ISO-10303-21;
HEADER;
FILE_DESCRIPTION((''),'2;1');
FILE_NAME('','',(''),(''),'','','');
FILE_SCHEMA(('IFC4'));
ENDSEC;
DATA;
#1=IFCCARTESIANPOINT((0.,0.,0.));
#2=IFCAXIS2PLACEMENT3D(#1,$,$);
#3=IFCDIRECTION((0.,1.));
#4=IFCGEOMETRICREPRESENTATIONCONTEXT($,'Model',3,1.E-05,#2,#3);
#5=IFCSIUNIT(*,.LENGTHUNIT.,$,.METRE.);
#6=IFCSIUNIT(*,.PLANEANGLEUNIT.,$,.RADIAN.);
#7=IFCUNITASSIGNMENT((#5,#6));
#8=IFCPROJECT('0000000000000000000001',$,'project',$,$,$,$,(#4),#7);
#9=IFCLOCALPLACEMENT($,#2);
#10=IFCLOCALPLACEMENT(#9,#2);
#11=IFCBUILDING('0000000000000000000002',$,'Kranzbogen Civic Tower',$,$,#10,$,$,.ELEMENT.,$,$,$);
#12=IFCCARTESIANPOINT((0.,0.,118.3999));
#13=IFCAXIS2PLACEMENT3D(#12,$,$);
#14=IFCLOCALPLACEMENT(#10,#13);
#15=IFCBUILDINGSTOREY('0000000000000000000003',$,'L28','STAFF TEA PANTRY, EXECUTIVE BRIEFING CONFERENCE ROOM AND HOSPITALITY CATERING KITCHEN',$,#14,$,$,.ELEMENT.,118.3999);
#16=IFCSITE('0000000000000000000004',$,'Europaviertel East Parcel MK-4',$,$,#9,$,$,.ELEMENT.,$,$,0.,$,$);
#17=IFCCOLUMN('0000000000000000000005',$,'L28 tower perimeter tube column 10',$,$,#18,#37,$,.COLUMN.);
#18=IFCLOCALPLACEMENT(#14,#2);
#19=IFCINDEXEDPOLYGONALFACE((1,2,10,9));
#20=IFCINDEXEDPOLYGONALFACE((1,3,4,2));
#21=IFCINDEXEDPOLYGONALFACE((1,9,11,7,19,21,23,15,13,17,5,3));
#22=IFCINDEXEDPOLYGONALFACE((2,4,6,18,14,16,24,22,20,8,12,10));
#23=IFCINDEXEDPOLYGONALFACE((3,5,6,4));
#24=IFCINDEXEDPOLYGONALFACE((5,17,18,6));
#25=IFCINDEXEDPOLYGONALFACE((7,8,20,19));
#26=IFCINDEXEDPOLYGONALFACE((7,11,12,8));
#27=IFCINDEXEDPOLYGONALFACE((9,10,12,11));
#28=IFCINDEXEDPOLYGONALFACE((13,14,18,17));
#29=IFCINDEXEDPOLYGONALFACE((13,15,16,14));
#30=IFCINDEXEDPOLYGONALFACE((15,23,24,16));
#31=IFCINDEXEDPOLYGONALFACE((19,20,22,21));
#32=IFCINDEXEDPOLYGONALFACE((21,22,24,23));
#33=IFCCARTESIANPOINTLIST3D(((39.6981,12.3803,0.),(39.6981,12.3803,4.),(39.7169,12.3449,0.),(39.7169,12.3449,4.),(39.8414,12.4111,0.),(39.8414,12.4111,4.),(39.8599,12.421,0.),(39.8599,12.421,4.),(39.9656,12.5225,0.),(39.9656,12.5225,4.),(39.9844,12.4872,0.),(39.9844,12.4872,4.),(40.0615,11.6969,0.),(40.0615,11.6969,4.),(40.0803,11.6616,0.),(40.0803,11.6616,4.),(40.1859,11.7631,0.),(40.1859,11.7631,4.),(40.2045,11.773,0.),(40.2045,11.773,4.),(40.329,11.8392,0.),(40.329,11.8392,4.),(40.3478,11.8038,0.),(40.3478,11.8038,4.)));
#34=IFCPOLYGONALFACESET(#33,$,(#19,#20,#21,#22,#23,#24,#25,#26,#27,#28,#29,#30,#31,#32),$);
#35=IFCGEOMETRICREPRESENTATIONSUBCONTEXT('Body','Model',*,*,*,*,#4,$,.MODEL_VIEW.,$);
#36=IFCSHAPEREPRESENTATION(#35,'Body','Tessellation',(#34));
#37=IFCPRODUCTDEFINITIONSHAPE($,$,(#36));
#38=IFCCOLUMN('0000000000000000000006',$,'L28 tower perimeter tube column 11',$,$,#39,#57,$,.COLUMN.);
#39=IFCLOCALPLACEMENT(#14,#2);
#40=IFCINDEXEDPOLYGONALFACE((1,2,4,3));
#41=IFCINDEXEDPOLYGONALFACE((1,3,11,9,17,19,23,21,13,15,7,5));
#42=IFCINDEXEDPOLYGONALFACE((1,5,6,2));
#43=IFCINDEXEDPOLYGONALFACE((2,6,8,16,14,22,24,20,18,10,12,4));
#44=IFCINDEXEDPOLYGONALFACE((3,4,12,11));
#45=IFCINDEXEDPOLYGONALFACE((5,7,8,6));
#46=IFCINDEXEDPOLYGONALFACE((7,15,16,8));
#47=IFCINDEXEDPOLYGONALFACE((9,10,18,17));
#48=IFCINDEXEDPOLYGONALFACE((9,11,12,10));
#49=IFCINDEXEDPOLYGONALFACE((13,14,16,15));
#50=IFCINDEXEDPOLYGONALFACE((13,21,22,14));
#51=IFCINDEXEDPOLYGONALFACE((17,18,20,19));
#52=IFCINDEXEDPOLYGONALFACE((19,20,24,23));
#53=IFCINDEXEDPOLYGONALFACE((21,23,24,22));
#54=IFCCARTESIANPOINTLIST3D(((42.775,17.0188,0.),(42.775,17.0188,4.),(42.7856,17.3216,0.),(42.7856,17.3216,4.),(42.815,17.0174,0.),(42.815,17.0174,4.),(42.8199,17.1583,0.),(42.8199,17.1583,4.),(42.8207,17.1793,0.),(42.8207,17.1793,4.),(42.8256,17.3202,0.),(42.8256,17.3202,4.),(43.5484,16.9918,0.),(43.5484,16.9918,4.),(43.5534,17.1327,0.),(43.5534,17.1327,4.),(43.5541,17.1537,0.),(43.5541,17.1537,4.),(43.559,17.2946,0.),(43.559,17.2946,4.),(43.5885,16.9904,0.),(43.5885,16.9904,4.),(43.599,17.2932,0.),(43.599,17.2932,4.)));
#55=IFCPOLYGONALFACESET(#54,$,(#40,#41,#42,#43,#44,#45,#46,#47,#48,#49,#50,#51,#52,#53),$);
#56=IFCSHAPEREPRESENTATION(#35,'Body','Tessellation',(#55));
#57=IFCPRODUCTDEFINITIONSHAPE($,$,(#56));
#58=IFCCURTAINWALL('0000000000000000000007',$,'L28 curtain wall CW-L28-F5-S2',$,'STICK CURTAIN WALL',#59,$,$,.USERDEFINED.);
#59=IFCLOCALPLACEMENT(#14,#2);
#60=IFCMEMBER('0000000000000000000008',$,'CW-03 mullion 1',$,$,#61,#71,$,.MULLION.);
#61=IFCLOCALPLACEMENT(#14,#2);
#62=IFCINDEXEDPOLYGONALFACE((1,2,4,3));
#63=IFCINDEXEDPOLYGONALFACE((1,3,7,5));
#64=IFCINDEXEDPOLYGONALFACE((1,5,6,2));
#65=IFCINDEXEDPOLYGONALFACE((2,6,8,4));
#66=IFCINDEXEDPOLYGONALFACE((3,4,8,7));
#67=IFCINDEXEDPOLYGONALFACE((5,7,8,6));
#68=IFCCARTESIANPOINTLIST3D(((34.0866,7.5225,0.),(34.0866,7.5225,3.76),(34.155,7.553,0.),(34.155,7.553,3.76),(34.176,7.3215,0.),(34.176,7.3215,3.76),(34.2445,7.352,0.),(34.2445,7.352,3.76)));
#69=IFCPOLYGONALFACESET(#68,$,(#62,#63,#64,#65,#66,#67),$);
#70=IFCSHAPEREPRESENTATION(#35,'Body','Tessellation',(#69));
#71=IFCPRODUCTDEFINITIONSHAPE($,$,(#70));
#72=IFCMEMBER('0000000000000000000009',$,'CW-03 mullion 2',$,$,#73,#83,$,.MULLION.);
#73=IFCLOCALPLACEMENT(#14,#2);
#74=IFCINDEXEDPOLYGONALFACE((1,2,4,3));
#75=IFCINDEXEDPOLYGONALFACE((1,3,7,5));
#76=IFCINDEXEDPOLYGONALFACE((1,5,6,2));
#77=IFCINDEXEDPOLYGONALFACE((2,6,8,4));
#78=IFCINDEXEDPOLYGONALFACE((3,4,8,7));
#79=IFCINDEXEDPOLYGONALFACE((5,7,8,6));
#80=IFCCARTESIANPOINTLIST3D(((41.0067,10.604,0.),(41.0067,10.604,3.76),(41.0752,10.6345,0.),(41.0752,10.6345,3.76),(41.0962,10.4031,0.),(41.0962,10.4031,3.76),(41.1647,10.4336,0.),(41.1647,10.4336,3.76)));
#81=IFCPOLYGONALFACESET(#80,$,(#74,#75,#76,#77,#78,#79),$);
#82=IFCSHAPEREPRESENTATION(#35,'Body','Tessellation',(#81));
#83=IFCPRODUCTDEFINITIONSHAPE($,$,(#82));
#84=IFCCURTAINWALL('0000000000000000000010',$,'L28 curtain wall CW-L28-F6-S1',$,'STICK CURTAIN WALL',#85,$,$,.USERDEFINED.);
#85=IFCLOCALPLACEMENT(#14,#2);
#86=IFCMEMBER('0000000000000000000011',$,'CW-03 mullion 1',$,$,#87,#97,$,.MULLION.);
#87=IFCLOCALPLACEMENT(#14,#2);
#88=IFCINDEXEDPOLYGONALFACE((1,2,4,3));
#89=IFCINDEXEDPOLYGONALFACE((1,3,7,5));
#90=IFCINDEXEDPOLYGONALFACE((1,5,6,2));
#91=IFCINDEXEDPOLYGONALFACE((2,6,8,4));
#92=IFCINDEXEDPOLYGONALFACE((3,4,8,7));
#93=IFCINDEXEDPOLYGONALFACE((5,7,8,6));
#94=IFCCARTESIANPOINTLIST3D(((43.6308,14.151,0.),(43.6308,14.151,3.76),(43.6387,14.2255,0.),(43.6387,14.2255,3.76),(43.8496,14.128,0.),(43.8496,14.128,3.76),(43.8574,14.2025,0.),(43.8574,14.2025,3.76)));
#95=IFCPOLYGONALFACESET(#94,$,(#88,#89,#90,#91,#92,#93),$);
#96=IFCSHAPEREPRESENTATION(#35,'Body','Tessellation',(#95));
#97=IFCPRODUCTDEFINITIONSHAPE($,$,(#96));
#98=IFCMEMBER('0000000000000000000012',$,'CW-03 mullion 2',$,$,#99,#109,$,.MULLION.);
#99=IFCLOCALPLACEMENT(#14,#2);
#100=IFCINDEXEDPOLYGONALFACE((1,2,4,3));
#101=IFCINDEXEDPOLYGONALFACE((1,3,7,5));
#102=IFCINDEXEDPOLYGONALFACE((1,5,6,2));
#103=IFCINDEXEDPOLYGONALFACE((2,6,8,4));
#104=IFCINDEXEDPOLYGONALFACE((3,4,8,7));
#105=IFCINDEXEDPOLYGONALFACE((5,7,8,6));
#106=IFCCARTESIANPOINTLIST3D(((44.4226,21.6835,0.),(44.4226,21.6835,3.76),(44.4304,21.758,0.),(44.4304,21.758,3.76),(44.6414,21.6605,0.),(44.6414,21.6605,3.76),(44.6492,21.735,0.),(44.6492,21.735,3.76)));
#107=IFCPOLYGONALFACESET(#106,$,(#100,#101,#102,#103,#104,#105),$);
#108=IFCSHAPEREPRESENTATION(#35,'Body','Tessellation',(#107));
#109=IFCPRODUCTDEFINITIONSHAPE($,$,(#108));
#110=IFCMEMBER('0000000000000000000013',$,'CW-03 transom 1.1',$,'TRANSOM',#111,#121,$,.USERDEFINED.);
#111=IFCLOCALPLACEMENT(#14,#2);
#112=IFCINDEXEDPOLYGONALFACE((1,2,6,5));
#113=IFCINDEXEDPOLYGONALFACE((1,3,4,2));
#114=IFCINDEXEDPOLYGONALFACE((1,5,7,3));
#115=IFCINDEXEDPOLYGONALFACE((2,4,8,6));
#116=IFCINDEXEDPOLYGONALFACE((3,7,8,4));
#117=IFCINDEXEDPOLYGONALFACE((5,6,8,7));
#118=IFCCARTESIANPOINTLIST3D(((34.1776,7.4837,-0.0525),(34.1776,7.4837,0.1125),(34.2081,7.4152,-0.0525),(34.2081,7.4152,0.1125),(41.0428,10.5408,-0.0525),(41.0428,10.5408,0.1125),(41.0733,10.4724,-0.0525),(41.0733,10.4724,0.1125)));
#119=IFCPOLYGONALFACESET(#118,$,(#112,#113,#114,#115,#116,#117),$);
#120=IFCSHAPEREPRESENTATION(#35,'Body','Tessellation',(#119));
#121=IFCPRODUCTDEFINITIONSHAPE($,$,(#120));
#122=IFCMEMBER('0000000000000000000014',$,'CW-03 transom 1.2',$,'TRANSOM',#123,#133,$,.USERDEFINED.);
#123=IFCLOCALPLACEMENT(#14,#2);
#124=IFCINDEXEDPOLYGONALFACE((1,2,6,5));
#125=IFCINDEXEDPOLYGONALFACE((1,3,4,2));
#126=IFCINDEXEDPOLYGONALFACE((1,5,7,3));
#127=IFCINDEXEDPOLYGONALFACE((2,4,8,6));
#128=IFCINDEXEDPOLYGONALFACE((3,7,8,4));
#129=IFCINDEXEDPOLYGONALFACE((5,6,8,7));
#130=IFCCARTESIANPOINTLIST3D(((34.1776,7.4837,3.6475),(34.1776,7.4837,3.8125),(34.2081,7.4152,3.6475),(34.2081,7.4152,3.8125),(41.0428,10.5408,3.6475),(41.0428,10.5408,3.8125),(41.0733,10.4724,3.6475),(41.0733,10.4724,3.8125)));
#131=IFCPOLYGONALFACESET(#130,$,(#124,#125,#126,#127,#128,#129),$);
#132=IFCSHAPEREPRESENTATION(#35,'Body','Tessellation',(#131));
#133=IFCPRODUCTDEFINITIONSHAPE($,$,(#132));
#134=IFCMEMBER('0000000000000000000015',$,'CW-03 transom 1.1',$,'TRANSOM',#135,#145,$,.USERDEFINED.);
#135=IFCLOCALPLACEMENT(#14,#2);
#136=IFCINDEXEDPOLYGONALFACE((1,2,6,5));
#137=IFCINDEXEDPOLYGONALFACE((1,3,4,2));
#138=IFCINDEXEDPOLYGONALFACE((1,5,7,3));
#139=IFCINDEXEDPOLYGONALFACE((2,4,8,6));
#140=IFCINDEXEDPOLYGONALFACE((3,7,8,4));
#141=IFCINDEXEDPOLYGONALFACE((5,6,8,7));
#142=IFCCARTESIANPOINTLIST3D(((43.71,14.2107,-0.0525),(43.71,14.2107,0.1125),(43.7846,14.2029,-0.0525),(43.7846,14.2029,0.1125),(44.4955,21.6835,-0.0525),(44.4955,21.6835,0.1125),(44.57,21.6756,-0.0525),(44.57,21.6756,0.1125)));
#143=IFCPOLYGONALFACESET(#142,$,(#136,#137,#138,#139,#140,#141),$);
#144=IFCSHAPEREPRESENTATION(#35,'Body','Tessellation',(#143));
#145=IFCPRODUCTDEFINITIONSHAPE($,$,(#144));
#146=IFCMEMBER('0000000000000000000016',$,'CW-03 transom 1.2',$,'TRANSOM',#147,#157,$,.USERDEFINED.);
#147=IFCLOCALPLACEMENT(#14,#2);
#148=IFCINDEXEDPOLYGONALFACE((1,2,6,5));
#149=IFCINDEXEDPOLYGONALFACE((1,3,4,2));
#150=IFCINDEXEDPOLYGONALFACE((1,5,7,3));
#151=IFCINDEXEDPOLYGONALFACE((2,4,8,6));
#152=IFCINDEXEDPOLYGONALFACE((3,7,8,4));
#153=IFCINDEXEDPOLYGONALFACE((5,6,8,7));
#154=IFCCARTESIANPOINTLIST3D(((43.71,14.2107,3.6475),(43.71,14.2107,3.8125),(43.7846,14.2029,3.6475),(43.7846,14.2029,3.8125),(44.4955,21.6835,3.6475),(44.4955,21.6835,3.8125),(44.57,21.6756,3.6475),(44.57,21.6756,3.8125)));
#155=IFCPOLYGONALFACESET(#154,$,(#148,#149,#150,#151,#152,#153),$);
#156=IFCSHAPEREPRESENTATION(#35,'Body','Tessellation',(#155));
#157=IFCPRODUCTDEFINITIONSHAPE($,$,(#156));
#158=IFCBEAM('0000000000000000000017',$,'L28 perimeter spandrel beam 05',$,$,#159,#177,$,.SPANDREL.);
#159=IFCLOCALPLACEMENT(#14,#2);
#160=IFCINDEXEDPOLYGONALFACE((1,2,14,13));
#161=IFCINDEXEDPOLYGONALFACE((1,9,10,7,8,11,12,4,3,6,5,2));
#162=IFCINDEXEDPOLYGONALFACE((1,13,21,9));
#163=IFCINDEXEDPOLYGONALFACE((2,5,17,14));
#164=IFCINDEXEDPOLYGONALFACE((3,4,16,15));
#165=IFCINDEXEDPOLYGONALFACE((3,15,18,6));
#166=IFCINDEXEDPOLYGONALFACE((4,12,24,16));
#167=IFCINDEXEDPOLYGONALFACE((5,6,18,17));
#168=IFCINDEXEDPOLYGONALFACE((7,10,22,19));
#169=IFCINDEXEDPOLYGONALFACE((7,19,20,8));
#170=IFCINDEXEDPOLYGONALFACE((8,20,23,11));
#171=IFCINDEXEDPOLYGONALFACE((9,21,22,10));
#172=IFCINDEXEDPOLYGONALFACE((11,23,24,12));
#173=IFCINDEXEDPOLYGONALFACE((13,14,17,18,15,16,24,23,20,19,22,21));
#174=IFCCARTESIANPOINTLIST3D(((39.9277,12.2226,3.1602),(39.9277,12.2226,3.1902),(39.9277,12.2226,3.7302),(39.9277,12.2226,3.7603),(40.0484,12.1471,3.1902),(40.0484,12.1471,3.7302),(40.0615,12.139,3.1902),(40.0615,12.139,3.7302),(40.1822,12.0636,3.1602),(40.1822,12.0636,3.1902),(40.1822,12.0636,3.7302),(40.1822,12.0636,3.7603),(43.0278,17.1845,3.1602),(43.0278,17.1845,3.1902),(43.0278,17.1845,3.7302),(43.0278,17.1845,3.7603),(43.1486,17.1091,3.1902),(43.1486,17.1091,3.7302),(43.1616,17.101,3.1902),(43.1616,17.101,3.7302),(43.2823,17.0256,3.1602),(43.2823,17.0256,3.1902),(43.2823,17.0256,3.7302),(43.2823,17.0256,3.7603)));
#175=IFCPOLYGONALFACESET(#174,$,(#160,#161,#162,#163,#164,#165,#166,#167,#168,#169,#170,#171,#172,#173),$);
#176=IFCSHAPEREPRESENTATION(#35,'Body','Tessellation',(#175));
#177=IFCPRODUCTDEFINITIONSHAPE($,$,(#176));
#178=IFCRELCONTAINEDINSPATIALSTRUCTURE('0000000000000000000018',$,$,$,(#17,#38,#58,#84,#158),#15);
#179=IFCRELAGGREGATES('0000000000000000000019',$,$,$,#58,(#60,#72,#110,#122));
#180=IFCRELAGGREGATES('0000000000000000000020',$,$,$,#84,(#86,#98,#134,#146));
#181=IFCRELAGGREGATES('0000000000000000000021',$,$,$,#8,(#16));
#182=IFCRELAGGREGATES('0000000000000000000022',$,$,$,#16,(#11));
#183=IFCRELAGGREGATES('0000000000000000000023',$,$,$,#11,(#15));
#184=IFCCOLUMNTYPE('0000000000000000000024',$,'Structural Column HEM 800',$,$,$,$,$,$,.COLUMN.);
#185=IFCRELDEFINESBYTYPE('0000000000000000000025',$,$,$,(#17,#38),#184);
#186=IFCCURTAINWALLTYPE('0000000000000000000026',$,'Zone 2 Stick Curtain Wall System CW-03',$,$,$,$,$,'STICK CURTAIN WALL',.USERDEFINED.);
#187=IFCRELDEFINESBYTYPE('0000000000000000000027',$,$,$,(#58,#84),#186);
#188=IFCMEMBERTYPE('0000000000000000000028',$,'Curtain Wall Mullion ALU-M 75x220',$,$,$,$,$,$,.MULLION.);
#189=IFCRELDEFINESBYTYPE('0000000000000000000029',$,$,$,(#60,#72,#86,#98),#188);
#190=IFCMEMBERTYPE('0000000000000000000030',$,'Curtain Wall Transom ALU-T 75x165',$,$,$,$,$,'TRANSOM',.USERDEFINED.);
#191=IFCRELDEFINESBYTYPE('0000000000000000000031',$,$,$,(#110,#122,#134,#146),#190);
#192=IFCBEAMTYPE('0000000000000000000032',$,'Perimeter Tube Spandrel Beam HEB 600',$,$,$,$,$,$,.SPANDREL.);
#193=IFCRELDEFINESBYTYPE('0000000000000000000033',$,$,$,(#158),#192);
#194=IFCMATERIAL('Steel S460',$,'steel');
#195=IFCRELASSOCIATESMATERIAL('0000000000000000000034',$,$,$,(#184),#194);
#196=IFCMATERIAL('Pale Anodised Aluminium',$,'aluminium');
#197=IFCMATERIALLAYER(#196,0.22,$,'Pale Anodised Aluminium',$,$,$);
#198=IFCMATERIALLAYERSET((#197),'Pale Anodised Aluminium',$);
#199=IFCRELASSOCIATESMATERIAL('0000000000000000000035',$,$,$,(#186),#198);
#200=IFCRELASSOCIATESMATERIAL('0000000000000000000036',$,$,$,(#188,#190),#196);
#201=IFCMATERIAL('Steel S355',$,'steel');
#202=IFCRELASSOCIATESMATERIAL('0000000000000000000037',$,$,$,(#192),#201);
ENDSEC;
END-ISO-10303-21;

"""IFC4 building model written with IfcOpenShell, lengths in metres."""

from ifc_helpers import new_model, si_unit, direction, frame, origin, origin_2d, place, context, subcontext, project, spatial, rectangle, i_section, extrude, material, layer, layer_set, material_profile, profile_set, type_object, element, aggregate, save


model = new_model("IFC4")

# Units and contexts
model_context = context("Model", 3, precision=1e-05, world=origin(), true_north=direction((0.0, 1.0)))
body_context = subcontext(model_context, "Body", "Model", "MODEL_VIEW")
ifc_project = project(units=[si_unit("LENGTHUNIT", "METRE"), si_unit("PLANEANGLEUNIT", "RADIAN")], contexts=[model_context])

# Site, building, storey
site_placement = place(None, origin())
site = spatial("IfcSite", under=ifc_project, at=site_placement, Name="Europaviertel East Parcel MK-4", CompositionType="ELEMENT", RefElevation=0.0)
building_placement = place(site_placement, origin())
building = spatial("IfcBuilding", under=site, at=building_placement, Name="Kranzbogen Civic Tower", CompositionType="ELEMENT")
storey_placement = place(building_placement, frame((0.0, 0.0, 118.3999)))
storey = spatial("IfcBuildingStorey", under=building, at=storey_placement, Name="L28", Description="STAFF TEA PANTRY, EXECUTIVE BRIEFING CONFERENCE ROOM AND HOSPITALITY CATERING KITCHEN", CompositionType="ELEMENT", Elevation=118.3999)

# Columns
ifc_material_1 = material(Name="Steel S460", Category="steel")
ifc_material_profile_1 = material_profile(ifc_material_1, i_section(OverallWidth=0.303, OverallDepth=0.814, WebThickness=0.021, FlangeThickness=0.04, at=origin_2d()), Name="HEM 800")
ifc_profile_set_1 = profile_set([ifc_material_profile_1], Name="Steel S460")
column_type = type_object("IfcColumnType", Name="Structural Column HEM 800", PredefinedType="COLUMN", material=ifc_profile_set_1)
for number, where, z_axis, x_axis, name in (
    (1, (40.0229, 12.092, 0.0), (0.0, 0.0, 1.0), (0.882948, 0.469472, 0.0), "L28 tower perimeter tube column 10"),
    (2, (43.187, 17.156, 0.0), (0.0, 0.0, 1.0), (0.034899, 0.999391, 0.0), "L28 tower perimeter tube column 11"),
):
    element("IfcColumn", number, at=place(storey_placement, frame(where, z_axis=z_axis, x_axis=x_axis)), inside=storey, type_object=column_type, Name=name, PredefinedType="COLUMN", context=body_context, shape_type="SweptSolid", body=[
        extrude(i_section(OverallWidth=0.303, OverallDepth=0.814, WebThickness=0.021, FlangeThickness=0.04, at=origin_2d()), origin(), (0.0, 0.0, 1.0), 4.0),
    ])

# Curtain walls, members
ifc_material_2 = material(Name="Pale Anodised Aluminium", Category="aluminium")
ifc_layer_1 = layer(ifc_material_2, 0.22, Name="Pale Anodised Aluminium")
ifc_layer_set_1 = layer_set([ifc_layer_1], Name="Pale Anodised Aluminium")
curtain_wall_type = type_object("IfcCurtainWallType", Name="Zone 2 Stick Curtain Wall System CW-03", ElementType="STICK CURTAIN WALL", PredefinedType="USERDEFINED", material=ifc_layer_set_1)
curtain_wall_1_placement = place(storey_placement, origin())
curtain_wall_1 = element("IfcCurtainWall", 3, at=curtain_wall_1_placement, inside=storey, type_object=curtain_wall_type, Name="L28 curtain wall CW-L28-F5-S2", ObjectType="STICK CURTAIN WALL", PredefinedType="USERDEFINED")
ifc_material_profile_2 = material_profile(ifc_material_2, rectangle(XDim=0.075, YDim=0.22, at=origin_2d()), Name="ALU-M 75x220")
ifc_profile_set_2 = profile_set([ifc_material_profile_2], Name="Pale Anodised Aluminium")
member_type_1 = type_object("IfcMemberType", Name="Curtain Wall Mullion ALU-M 75x220", PredefinedType="MULLION", material=ifc_profile_set_2)
member_1_placement = place(storey_placement, frame((34.1655, 7.4373, 0.0), z_axis=(0.0, 0.0, 1.0), x_axis=(0.91352, 0.406795, 0.0)))
member_1 = element("IfcMember", 4, at=member_1_placement, type_object=member_type_1, Name="CW-03 mullion 1", PredefinedType="MULLION", context=body_context, shape_type="SweptSolid", body=[
    extrude(rectangle(XDim=0.075, YDim=0.22, at=origin_2d()), origin(), (0.0, 0.0, 1.0), 3.76),
])
member_2_placement = place(storey_placement, frame((41.0857, 10.5188, 0.0), z_axis=(0.0, 0.0, 1.0), x_axis=(0.91352, 0.406795, 0.0)))
member_2 = element("IfcMember", 5, at=member_2_placement, type_object=member_type_1, Name="CW-03 mullion 2", PredefinedType="MULLION", context=body_context, shape_type="SweptSolid", body=[
    extrude(rectangle(XDim=0.075, YDim=0.22, at=origin_2d()), origin(), (0.0, 0.0, 1.0), 3.76),
])
curtain_wall_2_placement = place(storey_placement, origin())
curtain_wall_2 = element("IfcCurtainWall", 6, at=curtain_wall_2_placement, inside=storey, type_object=curtain_wall_type, Name="L28 curtain wall CW-L28-F6-S1", ObjectType="STICK CURTAIN WALL", PredefinedType="USERDEFINED")
member_3_placement = place(storey_placement, frame((43.7441, 14.1768, 0.0), z_axis=(0.0, 0.0, 1.0), x_axis=(0.104535, 0.994521, 0.0)))
member_3 = element("IfcMember", 7, at=member_3_placement, type_object=member_type_1, Name="CW-03 mullion 1", PredefinedType="MULLION", context=body_context, shape_type="SweptSolid", body=[
    extrude(rectangle(XDim=0.075, YDim=0.22, at=origin_2d()), origin(), (0.0, 0.0, 1.0), 3.76),
])
member_4_placement = place(storey_placement, frame((44.5359, 21.7092, 0.0), z_axis=(0.0, 0.0, 1.0), x_axis=(0.104535, 0.994521, 0.0)))
member_4 = element("IfcMember", 8, at=member_4_placement, type_object=member_type_1, Name="CW-03 mullion 2", PredefinedType="MULLION", context=body_context, shape_type="SweptSolid", body=[
    extrude(rectangle(XDim=0.075, YDim=0.22, at=origin_2d()), origin(), (0.0, 0.0, 1.0), 3.76),
])

# Members
ifc_material_profile_3 = material_profile(ifc_material_2, rectangle(XDim=0.075, YDim=0.165, at=origin_2d()), Name="ALU-T 75x165")
ifc_profile_set_3 = profile_set([ifc_material_profile_3], Name="Pale Anodised Aluminium")
member_type_2 = type_object("IfcMemberType", Name="Curtain Wall Transom ALU-T 75x165", ElementType="TRANSOM", PredefinedType="USERDEFINED", material=ifc_profile_set_3)
member_5_placement = place(storey_placement, frame((34.1929, 7.4495, 0.03), z_axis=(0.913519, 0.406795, 0.0), x_axis=(-0.406795, 0.913519, 0.0)))
member_5 = element("IfcMember", 9, at=member_5_placement, type_object=member_type_2, Name="CW-03 transom 1.1", ObjectType="TRANSOM", PredefinedType="USERDEFINED", context=body_context, shape_type="SweptSolid", body=[
    extrude(rectangle(XDim=0.075, YDim=0.165, at=origin_2d()), origin(), (0.0, 0.0, 1.0), 7.5151),
])
member_6_placement = place(storey_placement, frame((34.1929, 7.4495, 3.73), z_axis=(0.913519, 0.406795, 0.0), x_axis=(-0.406795, 0.913519, 0.0)))
member_6 = element("IfcMember", 10, at=member_6_placement, type_object=member_type_2, Name="CW-03 transom 1.2", ObjectType="TRANSOM", PredefinedType="USERDEFINED", context=body_context, shape_type="SweptSolid", body=[
    extrude(rectangle(XDim=0.075, YDim=0.165, at=origin_2d()), origin(), (0.0, 0.0, 1.0), 7.5151),
])
member_7_placement = place(storey_placement, frame((43.7473, 14.2068, 0.03), z_axis=(0.104527, 0.994522, 0.0), x_axis=(-0.994522, 0.104527, 0.0)))
member_7 = element("IfcMember", 11, at=member_7_placement, type_object=member_type_2, Name="CW-03 transom 1.1", ObjectType="TRANSOM", PredefinedType="USERDEFINED", context=body_context, shape_type="SweptSolid", body=[
    extrude(rectangle(XDim=0.075, YDim=0.165, at=origin_2d()), origin(), (0.0, 0.0, 1.0), 7.5139),
])
member_8_placement = place(storey_placement, frame((43.7473, 14.2068, 3.73), z_axis=(0.104527, 0.994522, 0.0), x_axis=(-0.994522, 0.104527, 0.0)))
member_8 = element("IfcMember", 12, at=member_8_placement, type_object=member_type_2, Name="CW-03 transom 1.2", ObjectType="TRANSOM", PredefinedType="USERDEFINED", context=body_context, shape_type="SweptSolid", body=[
    extrude(rectangle(XDim=0.075, YDim=0.165, at=origin_2d()), origin(), (0.0, 0.0, 1.0), 7.5139),
])

# Beam
ifc_material_3 = material(Name="Steel S355", Category="steel")
ifc_material_profile_4 = material_profile(ifc_material_3, i_section(OverallWidth=0.3, OverallDepth=0.6001, WebThickness=0.0154, FlangeThickness=0.03, at=origin_2d()), Name="HEB 600")
ifc_profile_set_4 = profile_set([ifc_material_profile_4], Name="Steel S355")
beam_type_1 = type_object("IfcBeamType", Name="Perimeter Tube Spandrel Beam HEB 600", PredefinedType="SPANDREL", material=ifc_profile_set_4)
beam_1_placement = place(storey_placement, frame((40.0549, 12.1431, 3.4602), z_axis=(0.529864, 0.848083, 0.0), x_axis=(-0.848083, 0.529864, 0.0)))
element("IfcBeam", 13, at=beam_1_placement, inside=storey, type_object=beam_type_1, Name="L28 perimeter spandrel beam 05", PredefinedType="SPANDREL", context=body_context, shape_type="SweptSolid", body=[
    extrude(i_section(OverallWidth=0.3, OverallDepth=0.6001, WebThickness=0.0154, FlangeThickness=0.03, at=origin_2d()), origin(), (0.0, 0.0, 1.0), 5.8508),
])

aggregate(curtain_wall_1, [member_1, member_2, member_5, member_6])
aggregate(curtain_wall_2, [member_3, member_4, member_7, member_8])

save(model, "model.ifc")
